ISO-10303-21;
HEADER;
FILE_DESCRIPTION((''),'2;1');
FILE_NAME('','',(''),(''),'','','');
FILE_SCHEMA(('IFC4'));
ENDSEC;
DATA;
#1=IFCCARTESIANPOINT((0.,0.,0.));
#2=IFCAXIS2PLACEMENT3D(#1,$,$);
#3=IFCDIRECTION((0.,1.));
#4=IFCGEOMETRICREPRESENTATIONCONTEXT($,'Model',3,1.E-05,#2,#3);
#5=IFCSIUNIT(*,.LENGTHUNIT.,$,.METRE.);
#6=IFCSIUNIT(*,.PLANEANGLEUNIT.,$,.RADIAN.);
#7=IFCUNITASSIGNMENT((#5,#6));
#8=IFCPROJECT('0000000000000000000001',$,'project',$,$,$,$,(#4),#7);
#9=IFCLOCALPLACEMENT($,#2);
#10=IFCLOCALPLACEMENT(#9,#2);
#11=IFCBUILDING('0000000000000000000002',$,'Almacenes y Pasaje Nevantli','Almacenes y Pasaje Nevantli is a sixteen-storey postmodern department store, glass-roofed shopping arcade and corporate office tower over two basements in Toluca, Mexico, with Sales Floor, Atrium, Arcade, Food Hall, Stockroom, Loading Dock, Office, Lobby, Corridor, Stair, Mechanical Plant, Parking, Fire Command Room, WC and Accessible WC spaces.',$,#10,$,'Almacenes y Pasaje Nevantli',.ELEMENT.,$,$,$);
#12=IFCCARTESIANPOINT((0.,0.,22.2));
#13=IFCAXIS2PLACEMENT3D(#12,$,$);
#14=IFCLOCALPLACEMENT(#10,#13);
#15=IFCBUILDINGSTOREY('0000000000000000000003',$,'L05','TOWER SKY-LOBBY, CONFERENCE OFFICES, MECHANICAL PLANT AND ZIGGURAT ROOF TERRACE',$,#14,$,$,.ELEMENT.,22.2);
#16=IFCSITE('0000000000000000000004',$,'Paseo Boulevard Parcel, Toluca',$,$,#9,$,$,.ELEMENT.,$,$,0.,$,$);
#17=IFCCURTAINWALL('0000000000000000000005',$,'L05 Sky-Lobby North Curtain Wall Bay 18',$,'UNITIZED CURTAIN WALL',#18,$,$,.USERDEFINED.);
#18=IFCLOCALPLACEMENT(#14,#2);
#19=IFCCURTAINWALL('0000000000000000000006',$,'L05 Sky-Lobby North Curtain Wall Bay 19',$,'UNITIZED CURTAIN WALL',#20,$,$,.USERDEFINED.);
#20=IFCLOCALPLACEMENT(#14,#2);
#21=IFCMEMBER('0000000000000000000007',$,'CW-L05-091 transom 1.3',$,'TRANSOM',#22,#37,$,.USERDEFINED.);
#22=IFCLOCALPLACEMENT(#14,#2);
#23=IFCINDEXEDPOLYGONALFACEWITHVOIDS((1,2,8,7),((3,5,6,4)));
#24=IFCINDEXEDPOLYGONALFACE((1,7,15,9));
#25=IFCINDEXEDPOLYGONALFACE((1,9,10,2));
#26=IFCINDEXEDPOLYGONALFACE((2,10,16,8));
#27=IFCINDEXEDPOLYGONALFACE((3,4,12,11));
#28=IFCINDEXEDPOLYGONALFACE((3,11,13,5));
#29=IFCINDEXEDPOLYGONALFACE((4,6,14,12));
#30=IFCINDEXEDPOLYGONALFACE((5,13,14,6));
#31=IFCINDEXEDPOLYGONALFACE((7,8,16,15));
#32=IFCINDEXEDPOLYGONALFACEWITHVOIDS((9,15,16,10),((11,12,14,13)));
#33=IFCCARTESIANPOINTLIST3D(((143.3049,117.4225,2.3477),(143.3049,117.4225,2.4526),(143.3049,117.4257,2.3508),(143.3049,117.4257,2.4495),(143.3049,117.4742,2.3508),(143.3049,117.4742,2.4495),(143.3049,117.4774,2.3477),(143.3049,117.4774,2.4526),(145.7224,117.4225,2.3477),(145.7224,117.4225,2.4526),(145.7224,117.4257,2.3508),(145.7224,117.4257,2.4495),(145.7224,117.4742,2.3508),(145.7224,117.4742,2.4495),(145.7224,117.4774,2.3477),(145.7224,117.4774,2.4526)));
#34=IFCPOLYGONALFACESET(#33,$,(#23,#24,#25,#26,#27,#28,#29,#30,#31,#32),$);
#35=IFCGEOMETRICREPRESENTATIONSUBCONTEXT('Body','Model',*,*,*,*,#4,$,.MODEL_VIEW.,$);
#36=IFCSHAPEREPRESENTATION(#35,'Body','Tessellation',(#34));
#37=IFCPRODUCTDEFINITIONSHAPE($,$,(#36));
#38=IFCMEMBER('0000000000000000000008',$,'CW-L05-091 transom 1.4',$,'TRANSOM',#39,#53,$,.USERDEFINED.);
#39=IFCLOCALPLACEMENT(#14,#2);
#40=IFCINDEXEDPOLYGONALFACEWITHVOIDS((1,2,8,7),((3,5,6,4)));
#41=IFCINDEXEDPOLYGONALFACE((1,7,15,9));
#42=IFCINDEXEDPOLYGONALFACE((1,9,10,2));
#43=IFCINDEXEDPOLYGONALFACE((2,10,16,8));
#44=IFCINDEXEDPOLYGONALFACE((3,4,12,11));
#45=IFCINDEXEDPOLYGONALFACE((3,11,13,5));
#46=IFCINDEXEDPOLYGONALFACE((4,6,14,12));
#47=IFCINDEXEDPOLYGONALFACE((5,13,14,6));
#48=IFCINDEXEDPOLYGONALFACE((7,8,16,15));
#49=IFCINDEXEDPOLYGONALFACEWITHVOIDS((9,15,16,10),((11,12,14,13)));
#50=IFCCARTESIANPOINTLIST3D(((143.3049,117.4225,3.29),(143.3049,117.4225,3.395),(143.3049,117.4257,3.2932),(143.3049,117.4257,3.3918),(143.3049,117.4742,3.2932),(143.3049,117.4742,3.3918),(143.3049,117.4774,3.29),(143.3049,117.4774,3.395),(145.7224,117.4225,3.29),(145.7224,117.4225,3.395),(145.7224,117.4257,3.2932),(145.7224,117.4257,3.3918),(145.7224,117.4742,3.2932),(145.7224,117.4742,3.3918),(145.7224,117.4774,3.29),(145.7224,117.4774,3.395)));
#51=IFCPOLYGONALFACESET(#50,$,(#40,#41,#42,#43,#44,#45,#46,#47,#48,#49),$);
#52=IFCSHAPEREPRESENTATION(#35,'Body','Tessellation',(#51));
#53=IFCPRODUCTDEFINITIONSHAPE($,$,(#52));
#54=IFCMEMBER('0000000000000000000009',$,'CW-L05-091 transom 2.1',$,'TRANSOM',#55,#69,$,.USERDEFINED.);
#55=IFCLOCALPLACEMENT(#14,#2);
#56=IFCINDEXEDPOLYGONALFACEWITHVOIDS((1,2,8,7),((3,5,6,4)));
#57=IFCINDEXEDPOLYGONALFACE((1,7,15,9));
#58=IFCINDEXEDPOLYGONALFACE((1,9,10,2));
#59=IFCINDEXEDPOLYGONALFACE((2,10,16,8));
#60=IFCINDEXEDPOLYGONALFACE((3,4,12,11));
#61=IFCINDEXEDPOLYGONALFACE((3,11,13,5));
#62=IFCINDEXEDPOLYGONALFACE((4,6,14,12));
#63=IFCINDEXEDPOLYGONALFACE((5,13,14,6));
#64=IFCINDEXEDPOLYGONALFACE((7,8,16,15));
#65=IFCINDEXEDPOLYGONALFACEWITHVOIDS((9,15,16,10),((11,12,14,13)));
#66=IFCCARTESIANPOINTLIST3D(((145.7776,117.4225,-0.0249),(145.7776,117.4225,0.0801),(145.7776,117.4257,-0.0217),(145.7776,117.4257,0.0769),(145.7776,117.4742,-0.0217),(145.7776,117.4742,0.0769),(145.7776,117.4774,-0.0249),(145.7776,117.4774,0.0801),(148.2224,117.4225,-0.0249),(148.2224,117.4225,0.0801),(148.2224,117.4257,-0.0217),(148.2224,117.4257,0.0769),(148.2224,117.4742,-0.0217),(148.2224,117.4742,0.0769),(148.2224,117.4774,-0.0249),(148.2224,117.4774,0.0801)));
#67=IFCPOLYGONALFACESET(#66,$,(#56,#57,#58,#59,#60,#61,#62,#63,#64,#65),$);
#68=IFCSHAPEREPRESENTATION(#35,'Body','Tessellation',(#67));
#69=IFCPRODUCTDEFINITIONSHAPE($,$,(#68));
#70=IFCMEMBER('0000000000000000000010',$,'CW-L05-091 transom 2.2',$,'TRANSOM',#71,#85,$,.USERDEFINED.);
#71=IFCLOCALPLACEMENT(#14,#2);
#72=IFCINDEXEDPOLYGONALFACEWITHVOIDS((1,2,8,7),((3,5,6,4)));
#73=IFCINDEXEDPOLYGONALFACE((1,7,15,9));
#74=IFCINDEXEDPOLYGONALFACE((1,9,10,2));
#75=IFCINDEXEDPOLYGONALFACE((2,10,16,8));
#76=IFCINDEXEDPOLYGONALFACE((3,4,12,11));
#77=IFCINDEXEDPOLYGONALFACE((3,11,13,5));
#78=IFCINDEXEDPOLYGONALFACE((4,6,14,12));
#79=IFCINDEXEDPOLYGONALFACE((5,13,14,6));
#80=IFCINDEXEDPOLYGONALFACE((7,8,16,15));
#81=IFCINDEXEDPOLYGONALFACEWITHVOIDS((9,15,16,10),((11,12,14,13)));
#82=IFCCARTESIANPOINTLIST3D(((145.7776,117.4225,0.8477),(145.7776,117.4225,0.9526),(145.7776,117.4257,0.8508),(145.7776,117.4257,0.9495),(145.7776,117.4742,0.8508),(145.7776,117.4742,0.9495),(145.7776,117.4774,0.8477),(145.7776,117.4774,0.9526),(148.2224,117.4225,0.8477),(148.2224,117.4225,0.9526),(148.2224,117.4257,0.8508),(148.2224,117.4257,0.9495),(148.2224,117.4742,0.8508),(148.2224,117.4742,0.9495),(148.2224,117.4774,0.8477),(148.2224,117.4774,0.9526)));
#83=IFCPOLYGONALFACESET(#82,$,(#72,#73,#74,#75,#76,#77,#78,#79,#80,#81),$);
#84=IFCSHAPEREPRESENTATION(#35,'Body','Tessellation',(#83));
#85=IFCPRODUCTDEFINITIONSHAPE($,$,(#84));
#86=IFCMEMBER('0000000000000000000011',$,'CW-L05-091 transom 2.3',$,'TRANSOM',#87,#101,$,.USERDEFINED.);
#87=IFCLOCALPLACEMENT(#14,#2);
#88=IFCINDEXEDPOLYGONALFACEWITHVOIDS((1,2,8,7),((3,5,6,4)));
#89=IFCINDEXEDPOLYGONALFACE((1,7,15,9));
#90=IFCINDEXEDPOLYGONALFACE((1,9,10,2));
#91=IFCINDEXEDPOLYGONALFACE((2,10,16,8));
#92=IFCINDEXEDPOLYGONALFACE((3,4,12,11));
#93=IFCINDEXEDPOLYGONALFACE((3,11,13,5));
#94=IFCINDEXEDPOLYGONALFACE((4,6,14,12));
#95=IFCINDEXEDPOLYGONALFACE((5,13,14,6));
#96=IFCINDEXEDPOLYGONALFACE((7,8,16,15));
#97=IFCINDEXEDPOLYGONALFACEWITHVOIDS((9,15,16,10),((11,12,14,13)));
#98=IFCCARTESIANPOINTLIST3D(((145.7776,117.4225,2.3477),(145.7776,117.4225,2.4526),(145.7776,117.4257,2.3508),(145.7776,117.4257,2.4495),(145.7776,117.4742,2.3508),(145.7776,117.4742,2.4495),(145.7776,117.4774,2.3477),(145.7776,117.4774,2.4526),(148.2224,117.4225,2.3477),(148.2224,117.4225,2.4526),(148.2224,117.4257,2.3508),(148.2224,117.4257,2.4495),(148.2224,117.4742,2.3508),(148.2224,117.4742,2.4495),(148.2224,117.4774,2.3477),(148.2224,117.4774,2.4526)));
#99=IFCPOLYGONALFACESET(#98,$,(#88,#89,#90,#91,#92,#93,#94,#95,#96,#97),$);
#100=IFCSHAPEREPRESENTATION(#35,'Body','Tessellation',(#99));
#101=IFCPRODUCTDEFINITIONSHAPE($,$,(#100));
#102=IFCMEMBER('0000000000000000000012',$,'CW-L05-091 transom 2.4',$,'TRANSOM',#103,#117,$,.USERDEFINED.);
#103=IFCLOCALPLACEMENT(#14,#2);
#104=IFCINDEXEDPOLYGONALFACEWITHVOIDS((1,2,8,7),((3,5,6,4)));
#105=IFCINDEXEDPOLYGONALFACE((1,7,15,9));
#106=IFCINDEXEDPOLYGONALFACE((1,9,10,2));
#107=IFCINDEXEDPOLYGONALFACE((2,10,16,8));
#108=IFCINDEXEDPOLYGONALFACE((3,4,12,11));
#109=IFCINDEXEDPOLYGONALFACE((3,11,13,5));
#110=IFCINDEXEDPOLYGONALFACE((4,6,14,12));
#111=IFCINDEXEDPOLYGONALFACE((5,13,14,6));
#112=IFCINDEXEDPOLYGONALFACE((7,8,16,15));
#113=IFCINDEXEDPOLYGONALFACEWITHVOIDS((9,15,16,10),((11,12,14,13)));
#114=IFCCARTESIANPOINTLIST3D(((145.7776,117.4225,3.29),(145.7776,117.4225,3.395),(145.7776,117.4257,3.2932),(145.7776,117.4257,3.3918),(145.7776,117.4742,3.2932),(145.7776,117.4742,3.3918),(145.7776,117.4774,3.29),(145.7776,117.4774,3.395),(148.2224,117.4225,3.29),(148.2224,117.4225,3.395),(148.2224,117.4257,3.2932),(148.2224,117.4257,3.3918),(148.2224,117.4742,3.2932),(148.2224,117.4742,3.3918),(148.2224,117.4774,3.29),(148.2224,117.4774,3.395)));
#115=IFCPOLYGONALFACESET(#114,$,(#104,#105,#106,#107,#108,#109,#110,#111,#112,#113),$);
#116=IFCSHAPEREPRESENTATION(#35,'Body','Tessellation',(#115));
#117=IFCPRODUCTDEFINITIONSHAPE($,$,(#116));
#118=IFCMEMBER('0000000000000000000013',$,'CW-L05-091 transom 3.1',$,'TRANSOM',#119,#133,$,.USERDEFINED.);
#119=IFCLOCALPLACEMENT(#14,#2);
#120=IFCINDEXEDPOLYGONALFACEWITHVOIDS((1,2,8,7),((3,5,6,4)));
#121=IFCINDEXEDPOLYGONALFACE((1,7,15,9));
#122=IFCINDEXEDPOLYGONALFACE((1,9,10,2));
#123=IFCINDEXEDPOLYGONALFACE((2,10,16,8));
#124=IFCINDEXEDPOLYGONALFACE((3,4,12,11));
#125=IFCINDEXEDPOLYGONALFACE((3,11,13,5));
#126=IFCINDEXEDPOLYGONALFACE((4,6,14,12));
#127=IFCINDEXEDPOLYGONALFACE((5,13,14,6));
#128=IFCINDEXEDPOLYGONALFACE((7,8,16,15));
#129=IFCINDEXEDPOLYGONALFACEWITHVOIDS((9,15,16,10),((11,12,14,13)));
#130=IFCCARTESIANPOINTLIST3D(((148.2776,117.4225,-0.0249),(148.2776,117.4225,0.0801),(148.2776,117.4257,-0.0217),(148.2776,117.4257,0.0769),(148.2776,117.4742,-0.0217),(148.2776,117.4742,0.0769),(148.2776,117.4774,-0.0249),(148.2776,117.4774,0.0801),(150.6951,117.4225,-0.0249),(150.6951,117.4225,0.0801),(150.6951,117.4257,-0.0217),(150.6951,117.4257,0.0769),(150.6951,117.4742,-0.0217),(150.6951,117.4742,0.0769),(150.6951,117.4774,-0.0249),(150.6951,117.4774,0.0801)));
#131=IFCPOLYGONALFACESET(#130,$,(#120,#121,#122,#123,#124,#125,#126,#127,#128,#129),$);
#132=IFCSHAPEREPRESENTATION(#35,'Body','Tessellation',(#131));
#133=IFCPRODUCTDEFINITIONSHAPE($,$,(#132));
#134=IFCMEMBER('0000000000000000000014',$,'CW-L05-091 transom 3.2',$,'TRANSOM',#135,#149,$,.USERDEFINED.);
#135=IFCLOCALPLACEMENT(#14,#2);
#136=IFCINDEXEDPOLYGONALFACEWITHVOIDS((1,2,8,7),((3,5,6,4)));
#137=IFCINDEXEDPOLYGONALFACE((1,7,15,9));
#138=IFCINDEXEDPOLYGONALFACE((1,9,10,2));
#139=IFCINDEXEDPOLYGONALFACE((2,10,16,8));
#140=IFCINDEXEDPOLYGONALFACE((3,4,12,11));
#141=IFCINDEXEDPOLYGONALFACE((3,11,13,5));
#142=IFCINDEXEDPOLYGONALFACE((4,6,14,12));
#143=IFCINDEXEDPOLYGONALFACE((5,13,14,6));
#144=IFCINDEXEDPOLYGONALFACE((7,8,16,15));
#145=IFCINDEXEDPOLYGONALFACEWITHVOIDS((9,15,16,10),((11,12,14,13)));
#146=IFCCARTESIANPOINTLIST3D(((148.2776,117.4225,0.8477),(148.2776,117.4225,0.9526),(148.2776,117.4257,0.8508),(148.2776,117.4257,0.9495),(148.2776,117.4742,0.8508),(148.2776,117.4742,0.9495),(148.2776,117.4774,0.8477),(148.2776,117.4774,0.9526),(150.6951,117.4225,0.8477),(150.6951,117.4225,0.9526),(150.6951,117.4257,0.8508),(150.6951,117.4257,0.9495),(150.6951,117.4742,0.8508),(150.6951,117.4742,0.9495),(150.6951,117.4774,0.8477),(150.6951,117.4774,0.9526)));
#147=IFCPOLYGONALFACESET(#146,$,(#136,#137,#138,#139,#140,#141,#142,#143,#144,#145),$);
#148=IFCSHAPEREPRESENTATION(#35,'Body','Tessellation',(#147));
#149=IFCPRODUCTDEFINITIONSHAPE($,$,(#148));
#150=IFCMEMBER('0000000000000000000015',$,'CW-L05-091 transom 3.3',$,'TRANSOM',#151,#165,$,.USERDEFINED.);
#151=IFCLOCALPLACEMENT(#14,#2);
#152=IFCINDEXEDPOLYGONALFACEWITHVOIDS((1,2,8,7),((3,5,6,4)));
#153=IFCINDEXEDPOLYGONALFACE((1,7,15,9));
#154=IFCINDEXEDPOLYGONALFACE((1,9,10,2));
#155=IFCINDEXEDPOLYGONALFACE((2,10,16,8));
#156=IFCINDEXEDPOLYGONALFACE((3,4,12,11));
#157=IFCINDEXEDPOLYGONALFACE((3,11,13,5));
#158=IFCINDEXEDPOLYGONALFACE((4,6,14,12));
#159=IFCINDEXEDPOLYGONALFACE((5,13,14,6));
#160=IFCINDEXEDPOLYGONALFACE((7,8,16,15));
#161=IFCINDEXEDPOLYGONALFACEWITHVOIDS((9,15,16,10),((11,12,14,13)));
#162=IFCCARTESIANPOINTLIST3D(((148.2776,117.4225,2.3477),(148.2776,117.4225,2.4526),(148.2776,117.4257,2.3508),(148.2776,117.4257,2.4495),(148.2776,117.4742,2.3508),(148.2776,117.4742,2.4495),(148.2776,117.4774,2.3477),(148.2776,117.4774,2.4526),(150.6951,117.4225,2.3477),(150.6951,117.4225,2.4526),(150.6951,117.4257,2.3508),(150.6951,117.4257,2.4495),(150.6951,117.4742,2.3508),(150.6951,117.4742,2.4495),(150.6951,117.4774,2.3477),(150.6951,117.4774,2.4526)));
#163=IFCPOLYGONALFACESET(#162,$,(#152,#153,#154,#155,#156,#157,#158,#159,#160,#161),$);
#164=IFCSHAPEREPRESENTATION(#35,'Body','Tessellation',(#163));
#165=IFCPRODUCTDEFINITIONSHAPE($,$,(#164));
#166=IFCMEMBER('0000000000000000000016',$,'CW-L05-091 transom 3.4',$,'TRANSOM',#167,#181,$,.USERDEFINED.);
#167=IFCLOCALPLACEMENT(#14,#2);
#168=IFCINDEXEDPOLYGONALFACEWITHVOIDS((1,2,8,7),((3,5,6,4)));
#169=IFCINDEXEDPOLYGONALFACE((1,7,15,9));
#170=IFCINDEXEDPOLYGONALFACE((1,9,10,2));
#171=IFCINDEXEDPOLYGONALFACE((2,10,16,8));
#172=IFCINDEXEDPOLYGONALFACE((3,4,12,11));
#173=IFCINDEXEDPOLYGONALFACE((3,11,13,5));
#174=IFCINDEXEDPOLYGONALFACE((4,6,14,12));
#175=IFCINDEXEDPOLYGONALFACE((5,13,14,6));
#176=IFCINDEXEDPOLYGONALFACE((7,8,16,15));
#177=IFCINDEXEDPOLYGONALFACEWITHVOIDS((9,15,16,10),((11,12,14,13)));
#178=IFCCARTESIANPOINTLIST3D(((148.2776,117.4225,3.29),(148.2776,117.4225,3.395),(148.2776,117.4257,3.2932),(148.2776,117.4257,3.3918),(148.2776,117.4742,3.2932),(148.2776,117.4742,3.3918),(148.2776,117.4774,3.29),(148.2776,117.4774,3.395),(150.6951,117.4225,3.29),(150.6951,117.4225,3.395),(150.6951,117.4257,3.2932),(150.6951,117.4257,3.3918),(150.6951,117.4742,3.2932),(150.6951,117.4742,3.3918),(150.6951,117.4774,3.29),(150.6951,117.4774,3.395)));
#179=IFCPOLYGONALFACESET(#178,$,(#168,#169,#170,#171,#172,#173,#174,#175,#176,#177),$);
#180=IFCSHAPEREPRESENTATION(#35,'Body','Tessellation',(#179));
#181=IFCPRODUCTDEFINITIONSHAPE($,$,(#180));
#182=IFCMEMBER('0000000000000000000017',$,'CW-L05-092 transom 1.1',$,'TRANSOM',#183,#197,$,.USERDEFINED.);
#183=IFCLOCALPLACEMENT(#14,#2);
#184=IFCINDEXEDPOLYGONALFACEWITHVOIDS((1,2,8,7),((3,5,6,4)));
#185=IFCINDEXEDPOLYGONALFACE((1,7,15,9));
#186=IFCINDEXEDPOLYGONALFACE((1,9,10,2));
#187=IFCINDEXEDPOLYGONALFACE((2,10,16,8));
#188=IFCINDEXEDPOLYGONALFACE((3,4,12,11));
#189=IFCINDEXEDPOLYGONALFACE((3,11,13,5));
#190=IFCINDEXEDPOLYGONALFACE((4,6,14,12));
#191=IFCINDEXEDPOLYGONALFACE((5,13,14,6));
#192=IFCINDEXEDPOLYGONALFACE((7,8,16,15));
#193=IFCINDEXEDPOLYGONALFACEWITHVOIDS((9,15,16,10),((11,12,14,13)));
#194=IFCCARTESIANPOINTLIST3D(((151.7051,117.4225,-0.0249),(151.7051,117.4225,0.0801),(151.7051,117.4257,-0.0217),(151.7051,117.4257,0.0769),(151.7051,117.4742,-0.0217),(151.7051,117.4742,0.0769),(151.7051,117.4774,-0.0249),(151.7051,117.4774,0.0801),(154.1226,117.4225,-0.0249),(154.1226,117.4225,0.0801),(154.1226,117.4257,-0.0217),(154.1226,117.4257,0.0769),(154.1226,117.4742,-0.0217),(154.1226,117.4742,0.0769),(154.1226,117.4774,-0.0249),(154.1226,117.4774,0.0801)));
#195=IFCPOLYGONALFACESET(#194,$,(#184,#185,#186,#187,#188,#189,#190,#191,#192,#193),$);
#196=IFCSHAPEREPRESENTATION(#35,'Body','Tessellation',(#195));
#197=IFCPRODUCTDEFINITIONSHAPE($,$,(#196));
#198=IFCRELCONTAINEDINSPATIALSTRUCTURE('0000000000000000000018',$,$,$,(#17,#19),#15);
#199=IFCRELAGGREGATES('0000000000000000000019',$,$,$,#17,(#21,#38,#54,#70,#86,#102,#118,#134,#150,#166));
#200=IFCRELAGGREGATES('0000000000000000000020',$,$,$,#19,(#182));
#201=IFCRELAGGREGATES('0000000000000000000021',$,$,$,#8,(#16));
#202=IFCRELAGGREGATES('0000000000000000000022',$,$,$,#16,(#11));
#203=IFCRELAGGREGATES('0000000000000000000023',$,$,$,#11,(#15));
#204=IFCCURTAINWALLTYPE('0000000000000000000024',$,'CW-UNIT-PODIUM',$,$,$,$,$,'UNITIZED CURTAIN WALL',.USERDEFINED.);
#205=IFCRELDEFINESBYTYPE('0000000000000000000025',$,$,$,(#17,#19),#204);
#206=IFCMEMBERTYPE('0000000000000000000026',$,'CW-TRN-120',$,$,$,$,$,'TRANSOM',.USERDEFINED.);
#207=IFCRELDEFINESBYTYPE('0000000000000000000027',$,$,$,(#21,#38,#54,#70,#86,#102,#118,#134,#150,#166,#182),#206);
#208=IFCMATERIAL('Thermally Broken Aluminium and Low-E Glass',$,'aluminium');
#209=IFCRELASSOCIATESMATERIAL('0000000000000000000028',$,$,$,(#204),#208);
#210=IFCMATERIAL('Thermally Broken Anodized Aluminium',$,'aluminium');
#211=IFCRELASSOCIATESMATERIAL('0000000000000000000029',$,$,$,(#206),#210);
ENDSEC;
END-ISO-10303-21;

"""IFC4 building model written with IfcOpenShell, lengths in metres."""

from ifc_helpers import new_model, si_unit, direction, frame, origin, origin_2d, place, context, subcontext, project, spatial, hollow_rectangle, extrude, material, material_profile, profile_set, type_object, element, aggregate, save


model = new_model("IFC4")

# Units and contexts
model_context = context("Model", 3, precision=1e-05, world=origin(), true_north=direction((0.0, 1.0)))
body_context = subcontext(model_context, "Body", "Model", "MODEL_VIEW")
ifc_project = project(units=[si_unit("LENGTHUNIT", "METRE"), si_unit("PLANEANGLEUNIT", "RADIAN")], contexts=[model_context])

# Site, building, storey
site_placement = place(None, origin())
site = spatial("IfcSite", under=ifc_project, at=site_placement, Name="Paseo Boulevard Parcel, Toluca", CompositionType="ELEMENT", RefElevation=0.0)
building_placement = place(site_placement, origin())
building = spatial("IfcBuilding", under=site, at=building_placement, Name="Almacenes y Pasaje Nevantli", Description="Almacenes y Pasaje Nevantli is a sixteen-storey postmodern department store, glass-roofed shopping arcade and corporate office tower over two basements in Toluca, Mexico, with Sales Floor, Atrium, Arcade, Food Hall, Stockroom, Loading Dock, Office, Lobby, Corridor, Stair, Mechanical Plant, Parking, Fire Command Room, WC and Accessible WC spaces.", LongName="Almacenes y Pasaje Nevantli", CompositionType="ELEMENT")
storey_placement = place(building_placement, frame((0.0, 0.0, 22.2)))
storey = spatial("IfcBuildingStorey", under=building, at=storey_placement, Name="L05", Description="TOWER SKY-LOBBY, CONFERENCE OFFICES, MECHANICAL PLANT AND ZIGGURAT ROOF TERRACE", CompositionType="ELEMENT", Elevation=22.2)

# Curtain walls
ifc_material_1 = material(Name="Thermally Broken Aluminium and Low-E Glass", Category="aluminium")
curtain_wall_type = type_object("IfcCurtainWallType", Name="CW-UNIT-PODIUM", ElementType="UNITIZED CURTAIN WALL", PredefinedType="USERDEFINED", material=ifc_material_1)
curtain_wall_1_placement = place(storey_placement, origin())
curtain_wall_1 = element("IfcCurtainWall", 1, at=curtain_wall_1_placement, inside=storey, type_object=curtain_wall_type, Name="L05 Sky-Lobby North Curtain Wall Bay 18", ObjectType="UNITIZED CURTAIN WALL", PredefinedType="USERDEFINED")
curtain_wall_2_placement = place(storey_placement, origin())
curtain_wall_2 = element("IfcCurtainWall", 2, at=curtain_wall_2_placement, inside=storey, type_object=curtain_wall_type, Name="L05 Sky-Lobby North Curtain Wall Bay 19", ObjectType="UNITIZED CURTAIN WALL", PredefinedType="USERDEFINED")

# Members
ifc_material_2 = material(Name="Thermally Broken Anodized Aluminium", Category="aluminium")
ifc_material_profile_1 = material_profile(ifc_material_2, hollow_rectangle(XDim=0.0549, YDim=0.105, WallThickness=0.0032, at=origin_2d()), Name="ALU-TRN-55x105")
ifc_profile_set_1 = profile_set([ifc_material_profile_1], Name="Thermally Broken Anodized Aluminium")
member_type_1 = type_object("IfcMemberType", Name="CW-TRN-120", ElementType="TRANSOM", PredefinedType="USERDEFINED", material=ifc_profile_set_1)
member_1_placement = place(storey_placement, frame((143.3049, 117.45, 2.4001), z_axis=(1.0, 0.0, 0.0), x_axis=(0.0, 1.0, 0.0)))
member_1 = element("IfcMember", 3, at=member_1_placement, type_object=member_type_1, Name="CW-L05-091 transom 1.3", ObjectType="TRANSOM", PredefinedType="USERDEFINED", context=body_context, shape_type="SweptSolid", body=[
    extrude(hollow_rectangle(XDim=0.0549, YDim=0.105, WallThickness=0.0032, at=origin_2d()), origin(), (0.0, 0.0, 1.0), 2.4175),
])
member_2_placement = place(storey_placement, frame((143.3049, 117.45, 3.3425), z_axis=(1.0, 0.0, 0.0), x_axis=(0.0, 1.0, 0.0)))
member_2 = element("IfcMember", 4, at=member_2_placement, type_object=member_type_1, Name="CW-L05-091 transom 1.4", ObjectType="TRANSOM", PredefinedType="USERDEFINED", context=body_context, shape_type="SweptSolid", body=[
    extrude(hollow_rectangle(XDim=0.0549, YDim=0.105, WallThickness=0.0032, at=origin_2d()), origin(), (0.0, 0.0, 1.0), 2.4175),
])
member_3_placement = place(storey_placement, frame((145.7776, 117.45, 0.0276), z_axis=(1.0, 0.0, 0.0), x_axis=(0.0, 1.0, 0.0)))
member_3 = element("IfcMember", 5, at=member_3_placement, type_object=member_type_1, Name="CW-L05-091 transom 2.1", ObjectType="TRANSOM", PredefinedType="USERDEFINED", context=body_context, shape_type="SweptSolid", body=[
    extrude(hollow_rectangle(XDim=0.0549, YDim=0.105, WallThickness=0.0032, at=origin_2d()), origin(), (0.0, 0.0, 1.0), 2.4448),
])
member_4_placement = place(storey_placement, frame((145.7776, 117.45, 0.9001), z_axis=(1.0, 0.0, 0.0), x_axis=(0.0, 1.0, 0.0)))
member_4 = element("IfcMember", 6, at=member_4_placement, type_object=member_type_1, Name="CW-L05-091 transom 2.2", ObjectType="TRANSOM", PredefinedType="USERDEFINED", context=body_context, shape_type="SweptSolid", body=[
    extrude(hollow_rectangle(XDim=0.0549, YDim=0.105, WallThickness=0.0032, at=origin_2d()), origin(), (0.0, 0.0, 1.0), 2.4448),
])
member_5_placement = place(storey_placement, frame((145.7776, 117.45, 2.4001), z_axis=(1.0, 0.0, 0.0), x_axis=(0.0, 1.0, 0.0)))
member_5 = element("IfcMember", 7, at=member_5_placement, type_object=member_type_1, Name="CW-L05-091 transom 2.3", ObjectType="TRANSOM", PredefinedType="USERDEFINED", context=body_context, shape_type="SweptSolid", body=[
    extrude(hollow_rectangle(XDim=0.0549, YDim=0.105, WallThickness=0.0032, at=origin_2d()), origin(), (0.0, 0.0, 1.0), 2.4448),
])
member_6_placement = place(storey_placement, frame((145.7776, 117.45, 3.3425), z_axis=(1.0, 0.0, 0.0), x_axis=(0.0, 1.0, 0.0)))
member_6 = element("IfcMember", 8, at=member_6_placement, type_object=member_type_1, Name="CW-L05-091 transom 2.4", ObjectType="TRANSOM", PredefinedType="USERDEFINED", context=body_context, shape_type="SweptSolid", body=[
    extrude(hollow_rectangle(XDim=0.0549, YDim=0.105, WallThickness=0.0032, at=origin_2d()), origin(), (0.0, 0.0, 1.0), 2.4448),
])
member_7_placement = place(storey_placement, frame((148.2776, 117.45, 0.0276), z_axis=(1.0, 0.0, 0.0), x_axis=(0.0, 1.0, 0.0)))
member_7 = element("IfcMember", 9, at=member_7_placement, type_object=member_type_1, Name="CW-L05-091 transom 3.1", ObjectType="TRANSOM", PredefinedType="USERDEFINED", context=body_context, shape_type="SweptSolid", body=[
    extrude(hollow_rectangle(XDim=0.0549, YDim=0.105, WallThickness=0.0032, at=origin_2d()), origin(), (0.0, 0.0, 1.0), 2.4175),
])
member_8_placement = place(storey_placement, frame((148.2776, 117.45, 0.9001), z_axis=(1.0, 0.0, 0.0), x_axis=(0.0, 1.0, 0.0)))
member_8 = element("IfcMember", 10, at=member_8_placement, type_object=member_type_1, Name="CW-L05-091 transom 3.2", ObjectType="TRANSOM", PredefinedType="USERDEFINED", context=body_context, shape_type="SweptSolid", body=[
    extrude(hollow_rectangle(XDim=0.0549, YDim=0.105, WallThickness=0.0032, at=origin_2d()), origin(), (0.0, 0.0, 1.0), 2.4175),
])
member_9_placement = place(storey_placement, frame((148.2776, 117.45, 2.4001), z_axis=(1.0, 0.0, 0.0), x_axis=(0.0, 1.0, 0.0)))
member_9 = element("IfcMember", 11, at=member_9_placement, type_object=member_type_1, Name="CW-L05-091 transom 3.3", ObjectType="TRANSOM", PredefinedType="USERDEFINED", context=body_context, shape_type="SweptSolid", body=[
    extrude(hollow_rectangle(XDim=0.0549, YDim=0.105, WallThickness=0.0032, at=origin_2d()), origin(), (0.0, 0.0, 1.0), 2.4175),
])
member_10_placement = place(storey_placement, frame((148.2776, 117.45, 3.3425), z_axis=(1.0, 0.0, 0.0), x_axis=(0.0, 1.0, 0.0)))
member_10 = element("IfcMember", 12, at=member_10_placement, type_object=member_type_1, Name="CW-L05-091 transom 3.4", ObjectType="TRANSOM", PredefinedType="USERDEFINED", context=body_context, shape_type="SweptSolid", body=[
    extrude(hollow_rectangle(XDim=0.0549, YDim=0.105, WallThickness=0.0032, at=origin_2d()), origin(), (0.0, 0.0, 1.0), 2.4175),
])
member_11_placement = place(storey_placement, frame((151.7051, 117.45, 0.0276), z_axis=(1.0, 0.0, 0.0), x_axis=(0.0, 1.0, 0.0)))
member_11 = element("IfcMember", 13, at=member_11_placement, type_object=member_type_1, Name="CW-L05-092 transom 1.1", ObjectType="TRANSOM", PredefinedType="USERDEFINED", context=body_context, shape_type="SweptSolid", body=[
    extrude(hollow_rectangle(XDim=0.0549, YDim=0.105, WallThickness=0.0032, at=origin_2d()), origin(), (0.0, 0.0, 1.0), 2.4175),
])

aggregate(curtain_wall_1, [member_1, member_2, member_3, member_4, member_5, member_6, member_7, member_8, member_9, member_10])
aggregate(curtain_wall_2, [member_11])

save(model, "model.ifc")
